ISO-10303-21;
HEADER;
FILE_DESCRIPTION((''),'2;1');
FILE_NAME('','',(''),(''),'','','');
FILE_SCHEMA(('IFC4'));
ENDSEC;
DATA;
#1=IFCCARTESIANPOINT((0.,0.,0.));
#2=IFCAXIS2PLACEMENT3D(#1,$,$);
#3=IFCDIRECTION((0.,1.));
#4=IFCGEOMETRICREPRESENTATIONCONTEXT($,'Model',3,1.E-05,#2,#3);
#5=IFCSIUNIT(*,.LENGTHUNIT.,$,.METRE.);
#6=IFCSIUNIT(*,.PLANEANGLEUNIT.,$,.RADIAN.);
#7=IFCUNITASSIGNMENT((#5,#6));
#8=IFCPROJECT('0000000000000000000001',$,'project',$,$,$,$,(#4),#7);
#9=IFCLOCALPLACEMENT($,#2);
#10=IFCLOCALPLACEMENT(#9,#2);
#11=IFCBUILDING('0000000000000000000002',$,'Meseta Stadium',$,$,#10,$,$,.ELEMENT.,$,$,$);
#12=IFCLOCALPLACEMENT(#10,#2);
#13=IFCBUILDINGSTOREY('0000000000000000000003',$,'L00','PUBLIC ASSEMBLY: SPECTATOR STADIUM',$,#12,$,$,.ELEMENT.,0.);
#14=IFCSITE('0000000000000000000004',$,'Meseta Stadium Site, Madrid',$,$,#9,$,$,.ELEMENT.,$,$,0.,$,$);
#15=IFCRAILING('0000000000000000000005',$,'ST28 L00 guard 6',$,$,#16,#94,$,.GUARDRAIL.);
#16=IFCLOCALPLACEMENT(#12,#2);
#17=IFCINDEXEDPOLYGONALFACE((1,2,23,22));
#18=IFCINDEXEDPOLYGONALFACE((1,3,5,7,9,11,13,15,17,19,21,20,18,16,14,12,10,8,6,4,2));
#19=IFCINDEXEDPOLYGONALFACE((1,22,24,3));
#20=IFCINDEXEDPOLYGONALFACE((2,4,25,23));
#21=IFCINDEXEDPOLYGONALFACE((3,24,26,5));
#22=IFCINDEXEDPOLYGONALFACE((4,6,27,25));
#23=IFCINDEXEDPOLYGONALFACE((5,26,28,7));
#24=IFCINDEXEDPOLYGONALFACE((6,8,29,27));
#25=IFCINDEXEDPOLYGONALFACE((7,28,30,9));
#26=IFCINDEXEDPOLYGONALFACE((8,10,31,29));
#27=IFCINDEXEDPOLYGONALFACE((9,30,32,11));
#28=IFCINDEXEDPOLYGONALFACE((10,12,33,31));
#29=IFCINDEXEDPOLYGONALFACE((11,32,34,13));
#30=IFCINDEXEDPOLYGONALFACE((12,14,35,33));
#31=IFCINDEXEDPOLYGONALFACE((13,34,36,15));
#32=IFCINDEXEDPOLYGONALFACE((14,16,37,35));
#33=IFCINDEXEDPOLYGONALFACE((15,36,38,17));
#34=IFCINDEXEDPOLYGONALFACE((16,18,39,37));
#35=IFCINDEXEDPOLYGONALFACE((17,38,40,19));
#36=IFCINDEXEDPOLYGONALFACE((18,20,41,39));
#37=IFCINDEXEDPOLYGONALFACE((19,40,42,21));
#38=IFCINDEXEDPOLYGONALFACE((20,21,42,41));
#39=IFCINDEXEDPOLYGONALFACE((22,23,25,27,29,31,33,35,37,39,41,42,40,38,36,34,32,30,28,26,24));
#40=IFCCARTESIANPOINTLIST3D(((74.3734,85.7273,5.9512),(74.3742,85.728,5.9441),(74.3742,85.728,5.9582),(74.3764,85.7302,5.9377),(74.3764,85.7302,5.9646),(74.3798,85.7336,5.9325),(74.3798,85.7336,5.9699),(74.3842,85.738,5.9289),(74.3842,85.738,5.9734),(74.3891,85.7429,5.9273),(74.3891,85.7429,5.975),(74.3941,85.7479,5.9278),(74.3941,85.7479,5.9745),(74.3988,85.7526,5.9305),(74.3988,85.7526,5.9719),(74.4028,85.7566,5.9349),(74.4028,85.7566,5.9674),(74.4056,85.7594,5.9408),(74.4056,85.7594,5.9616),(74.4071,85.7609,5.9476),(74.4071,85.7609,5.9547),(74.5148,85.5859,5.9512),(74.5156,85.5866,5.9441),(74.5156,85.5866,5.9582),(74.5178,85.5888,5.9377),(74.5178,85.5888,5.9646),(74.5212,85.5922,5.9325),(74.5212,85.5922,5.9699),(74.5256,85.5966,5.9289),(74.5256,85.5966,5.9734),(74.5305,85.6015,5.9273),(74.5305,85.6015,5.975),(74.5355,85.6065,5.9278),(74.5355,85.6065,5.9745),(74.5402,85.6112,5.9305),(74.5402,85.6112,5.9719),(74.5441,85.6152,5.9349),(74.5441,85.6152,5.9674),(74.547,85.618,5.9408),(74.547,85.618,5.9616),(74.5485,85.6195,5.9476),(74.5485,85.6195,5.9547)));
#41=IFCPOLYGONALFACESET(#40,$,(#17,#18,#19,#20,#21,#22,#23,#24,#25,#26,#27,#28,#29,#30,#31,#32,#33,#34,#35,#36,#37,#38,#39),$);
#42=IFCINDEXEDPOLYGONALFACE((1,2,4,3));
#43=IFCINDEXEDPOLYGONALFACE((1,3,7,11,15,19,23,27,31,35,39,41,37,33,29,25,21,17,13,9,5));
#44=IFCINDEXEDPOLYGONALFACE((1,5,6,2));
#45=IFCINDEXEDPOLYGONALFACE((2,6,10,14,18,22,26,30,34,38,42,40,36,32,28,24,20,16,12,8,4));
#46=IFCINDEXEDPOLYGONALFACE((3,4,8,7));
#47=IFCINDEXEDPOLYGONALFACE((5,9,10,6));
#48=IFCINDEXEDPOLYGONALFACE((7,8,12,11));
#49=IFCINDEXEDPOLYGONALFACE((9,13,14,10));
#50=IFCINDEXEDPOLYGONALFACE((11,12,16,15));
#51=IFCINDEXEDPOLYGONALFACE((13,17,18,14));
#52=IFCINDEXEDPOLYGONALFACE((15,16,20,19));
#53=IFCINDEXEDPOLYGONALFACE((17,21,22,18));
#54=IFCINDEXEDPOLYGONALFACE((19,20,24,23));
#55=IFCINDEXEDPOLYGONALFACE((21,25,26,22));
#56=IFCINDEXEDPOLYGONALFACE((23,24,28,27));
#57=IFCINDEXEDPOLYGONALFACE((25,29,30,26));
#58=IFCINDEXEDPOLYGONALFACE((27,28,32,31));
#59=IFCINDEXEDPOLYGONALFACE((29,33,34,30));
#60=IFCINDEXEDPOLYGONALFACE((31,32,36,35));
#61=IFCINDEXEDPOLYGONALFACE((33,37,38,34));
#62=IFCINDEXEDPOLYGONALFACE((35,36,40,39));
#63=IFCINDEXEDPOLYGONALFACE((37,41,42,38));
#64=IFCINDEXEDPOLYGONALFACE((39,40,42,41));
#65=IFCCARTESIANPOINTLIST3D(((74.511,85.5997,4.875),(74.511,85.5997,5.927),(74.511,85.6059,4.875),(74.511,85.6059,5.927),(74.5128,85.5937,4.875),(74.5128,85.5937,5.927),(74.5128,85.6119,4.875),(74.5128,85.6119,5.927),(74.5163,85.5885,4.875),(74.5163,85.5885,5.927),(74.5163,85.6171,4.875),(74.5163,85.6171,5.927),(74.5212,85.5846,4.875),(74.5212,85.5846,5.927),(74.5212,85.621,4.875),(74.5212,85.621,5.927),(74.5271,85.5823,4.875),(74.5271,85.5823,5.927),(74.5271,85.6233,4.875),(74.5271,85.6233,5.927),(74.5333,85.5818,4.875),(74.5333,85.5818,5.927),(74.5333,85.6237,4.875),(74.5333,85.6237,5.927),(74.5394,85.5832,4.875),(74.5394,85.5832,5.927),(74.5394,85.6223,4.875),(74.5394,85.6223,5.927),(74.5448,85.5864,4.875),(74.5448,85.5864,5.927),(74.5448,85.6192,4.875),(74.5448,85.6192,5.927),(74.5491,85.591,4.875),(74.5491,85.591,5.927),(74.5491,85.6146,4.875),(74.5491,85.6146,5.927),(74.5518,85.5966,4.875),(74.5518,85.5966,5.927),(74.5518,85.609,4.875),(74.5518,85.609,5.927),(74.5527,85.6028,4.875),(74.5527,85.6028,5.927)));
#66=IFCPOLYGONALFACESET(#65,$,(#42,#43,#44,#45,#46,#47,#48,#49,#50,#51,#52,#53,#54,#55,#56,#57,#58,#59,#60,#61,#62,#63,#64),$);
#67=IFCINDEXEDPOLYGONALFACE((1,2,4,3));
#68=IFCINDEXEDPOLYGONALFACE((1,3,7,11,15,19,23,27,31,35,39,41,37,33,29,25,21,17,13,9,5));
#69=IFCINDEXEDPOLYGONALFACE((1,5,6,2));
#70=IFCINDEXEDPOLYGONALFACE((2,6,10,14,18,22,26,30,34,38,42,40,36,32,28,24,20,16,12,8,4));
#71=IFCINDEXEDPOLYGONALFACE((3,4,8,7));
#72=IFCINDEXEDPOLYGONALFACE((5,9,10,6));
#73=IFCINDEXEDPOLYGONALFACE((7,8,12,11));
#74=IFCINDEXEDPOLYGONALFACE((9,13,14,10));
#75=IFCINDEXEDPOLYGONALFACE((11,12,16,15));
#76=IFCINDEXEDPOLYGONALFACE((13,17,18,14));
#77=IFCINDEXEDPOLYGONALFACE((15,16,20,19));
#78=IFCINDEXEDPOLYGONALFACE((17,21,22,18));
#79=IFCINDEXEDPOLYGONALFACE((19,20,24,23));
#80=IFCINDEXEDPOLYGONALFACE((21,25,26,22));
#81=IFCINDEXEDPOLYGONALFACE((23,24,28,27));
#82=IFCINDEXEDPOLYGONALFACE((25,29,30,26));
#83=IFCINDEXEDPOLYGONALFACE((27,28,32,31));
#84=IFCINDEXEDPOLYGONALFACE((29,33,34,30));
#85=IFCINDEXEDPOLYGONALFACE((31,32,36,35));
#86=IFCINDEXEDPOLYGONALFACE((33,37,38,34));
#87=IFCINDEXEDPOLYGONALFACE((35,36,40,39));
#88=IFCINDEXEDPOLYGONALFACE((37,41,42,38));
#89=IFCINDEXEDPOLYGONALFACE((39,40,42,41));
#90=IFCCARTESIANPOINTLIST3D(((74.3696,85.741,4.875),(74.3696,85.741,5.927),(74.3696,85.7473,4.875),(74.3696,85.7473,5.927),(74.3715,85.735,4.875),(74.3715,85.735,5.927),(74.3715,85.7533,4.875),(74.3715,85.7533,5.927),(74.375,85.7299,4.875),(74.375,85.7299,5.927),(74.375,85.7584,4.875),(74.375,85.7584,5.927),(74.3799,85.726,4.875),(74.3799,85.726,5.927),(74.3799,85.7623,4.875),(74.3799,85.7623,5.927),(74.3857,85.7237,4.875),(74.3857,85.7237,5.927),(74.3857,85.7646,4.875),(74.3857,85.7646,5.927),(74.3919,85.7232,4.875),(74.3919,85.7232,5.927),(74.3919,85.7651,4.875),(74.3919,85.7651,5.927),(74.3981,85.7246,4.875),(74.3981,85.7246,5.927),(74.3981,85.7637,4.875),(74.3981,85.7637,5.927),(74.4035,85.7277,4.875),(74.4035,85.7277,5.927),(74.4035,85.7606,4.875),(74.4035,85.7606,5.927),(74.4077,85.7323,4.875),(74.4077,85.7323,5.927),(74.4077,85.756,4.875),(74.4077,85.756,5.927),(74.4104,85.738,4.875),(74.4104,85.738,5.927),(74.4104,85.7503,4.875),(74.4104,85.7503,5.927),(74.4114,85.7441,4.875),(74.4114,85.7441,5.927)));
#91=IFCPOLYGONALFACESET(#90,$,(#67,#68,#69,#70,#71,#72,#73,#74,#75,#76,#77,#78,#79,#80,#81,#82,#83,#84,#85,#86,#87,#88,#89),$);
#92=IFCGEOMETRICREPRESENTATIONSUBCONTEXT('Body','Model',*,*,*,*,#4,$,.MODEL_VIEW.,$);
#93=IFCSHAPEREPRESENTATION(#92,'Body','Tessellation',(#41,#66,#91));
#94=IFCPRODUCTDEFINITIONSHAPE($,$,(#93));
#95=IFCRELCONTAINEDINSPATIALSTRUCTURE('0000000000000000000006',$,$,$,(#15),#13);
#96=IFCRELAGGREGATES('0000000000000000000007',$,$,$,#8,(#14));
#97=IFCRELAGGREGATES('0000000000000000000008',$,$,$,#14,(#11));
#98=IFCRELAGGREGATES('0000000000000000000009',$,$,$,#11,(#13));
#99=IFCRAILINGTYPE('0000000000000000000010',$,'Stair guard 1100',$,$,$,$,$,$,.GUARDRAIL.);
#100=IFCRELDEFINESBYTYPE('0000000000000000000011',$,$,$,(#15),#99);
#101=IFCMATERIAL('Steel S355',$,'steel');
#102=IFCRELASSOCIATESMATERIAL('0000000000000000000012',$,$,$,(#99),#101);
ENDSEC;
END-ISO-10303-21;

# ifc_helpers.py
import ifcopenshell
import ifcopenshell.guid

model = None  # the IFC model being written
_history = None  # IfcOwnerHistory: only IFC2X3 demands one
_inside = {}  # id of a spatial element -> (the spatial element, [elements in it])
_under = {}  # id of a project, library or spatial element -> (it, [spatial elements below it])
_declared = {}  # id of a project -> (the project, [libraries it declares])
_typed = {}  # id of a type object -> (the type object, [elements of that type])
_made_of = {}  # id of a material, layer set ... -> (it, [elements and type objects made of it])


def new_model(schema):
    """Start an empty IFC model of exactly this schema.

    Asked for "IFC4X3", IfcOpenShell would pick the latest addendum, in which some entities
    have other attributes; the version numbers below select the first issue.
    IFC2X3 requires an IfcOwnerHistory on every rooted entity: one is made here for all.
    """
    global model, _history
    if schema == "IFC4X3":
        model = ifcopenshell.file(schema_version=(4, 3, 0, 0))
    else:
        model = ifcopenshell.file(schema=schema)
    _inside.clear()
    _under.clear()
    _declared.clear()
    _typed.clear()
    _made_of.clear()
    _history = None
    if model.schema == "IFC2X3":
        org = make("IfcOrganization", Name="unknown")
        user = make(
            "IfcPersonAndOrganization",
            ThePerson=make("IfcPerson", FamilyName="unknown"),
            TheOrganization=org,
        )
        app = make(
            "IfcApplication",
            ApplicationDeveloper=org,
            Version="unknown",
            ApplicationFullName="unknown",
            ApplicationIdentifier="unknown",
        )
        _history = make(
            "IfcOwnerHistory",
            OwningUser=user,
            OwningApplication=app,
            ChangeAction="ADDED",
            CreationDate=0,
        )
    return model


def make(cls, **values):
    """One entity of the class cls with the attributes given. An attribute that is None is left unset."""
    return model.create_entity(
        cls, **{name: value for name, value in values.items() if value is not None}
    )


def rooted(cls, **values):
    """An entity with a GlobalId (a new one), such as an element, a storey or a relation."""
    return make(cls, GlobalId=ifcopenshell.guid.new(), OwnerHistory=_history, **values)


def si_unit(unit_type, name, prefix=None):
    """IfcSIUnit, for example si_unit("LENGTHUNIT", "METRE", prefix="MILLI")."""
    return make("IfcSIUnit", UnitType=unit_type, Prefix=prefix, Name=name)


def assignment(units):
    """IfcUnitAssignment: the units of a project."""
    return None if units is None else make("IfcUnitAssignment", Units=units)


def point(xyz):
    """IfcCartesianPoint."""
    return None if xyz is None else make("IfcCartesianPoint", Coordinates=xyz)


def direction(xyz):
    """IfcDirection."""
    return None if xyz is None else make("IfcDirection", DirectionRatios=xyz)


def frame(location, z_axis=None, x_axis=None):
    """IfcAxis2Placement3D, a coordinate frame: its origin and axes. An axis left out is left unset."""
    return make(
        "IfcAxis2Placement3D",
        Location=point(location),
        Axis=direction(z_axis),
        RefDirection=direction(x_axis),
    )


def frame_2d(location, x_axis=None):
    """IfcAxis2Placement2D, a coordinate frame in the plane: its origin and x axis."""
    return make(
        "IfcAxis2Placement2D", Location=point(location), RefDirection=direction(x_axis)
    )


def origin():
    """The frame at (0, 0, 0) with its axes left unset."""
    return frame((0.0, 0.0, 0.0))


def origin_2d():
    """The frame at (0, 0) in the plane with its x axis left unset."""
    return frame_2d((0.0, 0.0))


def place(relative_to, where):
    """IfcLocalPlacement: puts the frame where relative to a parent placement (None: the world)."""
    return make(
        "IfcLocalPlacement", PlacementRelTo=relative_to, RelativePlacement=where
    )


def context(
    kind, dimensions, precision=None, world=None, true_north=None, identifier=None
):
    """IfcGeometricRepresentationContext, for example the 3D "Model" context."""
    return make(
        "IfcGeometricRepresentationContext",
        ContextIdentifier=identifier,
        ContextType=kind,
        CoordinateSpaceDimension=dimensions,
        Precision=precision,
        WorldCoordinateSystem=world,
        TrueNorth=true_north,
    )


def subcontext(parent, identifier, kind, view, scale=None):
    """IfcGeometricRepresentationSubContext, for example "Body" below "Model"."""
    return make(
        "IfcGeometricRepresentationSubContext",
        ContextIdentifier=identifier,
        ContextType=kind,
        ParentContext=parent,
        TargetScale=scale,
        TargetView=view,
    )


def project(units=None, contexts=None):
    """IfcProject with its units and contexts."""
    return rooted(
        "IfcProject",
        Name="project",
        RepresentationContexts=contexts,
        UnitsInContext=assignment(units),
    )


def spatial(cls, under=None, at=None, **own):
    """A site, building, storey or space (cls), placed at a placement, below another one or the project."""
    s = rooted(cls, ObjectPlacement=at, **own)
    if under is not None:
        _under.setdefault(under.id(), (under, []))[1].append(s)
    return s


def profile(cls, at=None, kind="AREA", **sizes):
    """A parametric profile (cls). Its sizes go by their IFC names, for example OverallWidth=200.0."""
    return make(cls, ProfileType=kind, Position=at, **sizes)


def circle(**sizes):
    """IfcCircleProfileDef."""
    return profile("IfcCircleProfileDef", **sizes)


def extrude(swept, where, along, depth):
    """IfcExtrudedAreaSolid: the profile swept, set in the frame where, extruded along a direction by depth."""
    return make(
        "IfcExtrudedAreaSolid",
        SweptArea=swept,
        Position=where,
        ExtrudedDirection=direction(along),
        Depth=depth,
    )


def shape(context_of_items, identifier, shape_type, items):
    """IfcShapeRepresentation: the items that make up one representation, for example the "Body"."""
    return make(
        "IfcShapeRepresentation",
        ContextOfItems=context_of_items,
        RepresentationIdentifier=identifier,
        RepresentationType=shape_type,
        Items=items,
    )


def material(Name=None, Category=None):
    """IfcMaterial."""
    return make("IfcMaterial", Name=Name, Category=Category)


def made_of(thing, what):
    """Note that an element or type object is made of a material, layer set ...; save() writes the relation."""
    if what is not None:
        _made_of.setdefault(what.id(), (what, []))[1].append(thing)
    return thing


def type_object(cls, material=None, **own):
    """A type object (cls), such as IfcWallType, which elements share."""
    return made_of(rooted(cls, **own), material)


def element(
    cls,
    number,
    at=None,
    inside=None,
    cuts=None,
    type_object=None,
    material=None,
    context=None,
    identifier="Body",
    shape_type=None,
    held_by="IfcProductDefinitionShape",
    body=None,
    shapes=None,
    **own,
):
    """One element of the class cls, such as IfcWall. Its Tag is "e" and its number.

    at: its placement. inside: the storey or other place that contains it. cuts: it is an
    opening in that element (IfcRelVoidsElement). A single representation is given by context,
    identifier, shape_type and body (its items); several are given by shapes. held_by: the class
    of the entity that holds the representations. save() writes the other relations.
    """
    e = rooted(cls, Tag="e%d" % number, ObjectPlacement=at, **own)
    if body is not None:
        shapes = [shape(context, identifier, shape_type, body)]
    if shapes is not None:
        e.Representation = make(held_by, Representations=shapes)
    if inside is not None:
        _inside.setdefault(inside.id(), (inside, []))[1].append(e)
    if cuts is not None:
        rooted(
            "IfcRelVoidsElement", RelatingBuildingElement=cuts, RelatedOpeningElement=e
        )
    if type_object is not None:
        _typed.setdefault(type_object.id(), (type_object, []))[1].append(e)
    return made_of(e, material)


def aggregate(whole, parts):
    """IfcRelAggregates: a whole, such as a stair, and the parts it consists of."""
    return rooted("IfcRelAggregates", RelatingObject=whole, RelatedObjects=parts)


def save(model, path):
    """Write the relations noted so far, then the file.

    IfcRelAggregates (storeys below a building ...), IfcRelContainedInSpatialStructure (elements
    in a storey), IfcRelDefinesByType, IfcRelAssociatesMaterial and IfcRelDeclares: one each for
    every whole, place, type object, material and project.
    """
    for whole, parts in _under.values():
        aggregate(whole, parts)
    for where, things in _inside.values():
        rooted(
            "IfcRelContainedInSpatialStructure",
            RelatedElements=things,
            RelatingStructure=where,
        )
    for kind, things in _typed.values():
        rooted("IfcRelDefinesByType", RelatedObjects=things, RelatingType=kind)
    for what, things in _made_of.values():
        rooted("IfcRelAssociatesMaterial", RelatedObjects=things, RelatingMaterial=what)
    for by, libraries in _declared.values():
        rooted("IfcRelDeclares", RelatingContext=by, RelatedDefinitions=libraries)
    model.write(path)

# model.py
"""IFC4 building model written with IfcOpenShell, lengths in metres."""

from ifc_helpers import new_model, si_unit, direction, frame, origin, origin_2d, place, context, subcontext, project, spatial, circle, extrude, material, type_object, element, save


model = new_model("IFC4")

# Units and contexts
model_context = context("Model", 3, precision=1e-05, world=origin(), true_north=direction((0.0, 1.0)))
body_context = subcontext(model_context, "Body", "Model", "MODEL_VIEW")
ifc_project = project(units=[si_unit("LENGTHUNIT", "METRE"), si_unit("PLANEANGLEUNIT", "RADIAN")], contexts=[model_context])

# Site, building, storey
site_placement = place(None, origin())
site = spatial("IfcSite", under=ifc_project, at=site_placement, Name="Meseta Stadium Site, Madrid", CompositionType="ELEMENT", RefElevation=0.0)
building_placement = place(site_placement, origin())
building = spatial("IfcBuilding", under=site, at=building_placement, Name="Meseta Stadium", CompositionType="ELEMENT")
storey_placement = place(building_placement, origin())
storey = spatial("IfcBuildingStorey", under=building, at=storey_placement, Name="L00", Description="PUBLIC ASSEMBLY: SPECTATOR STADIUM", CompositionType="ELEMENT", Elevation=0.0)

# Railing
ifc_material_1 = material(Name="Steel S355", Category="steel")
railing_type_1 = type_object("IfcRailingType", Name="Stair guard 1100", PredefinedType="GUARDRAIL", material=ifc_material_1)
railing_1_placement = place(storey_placement, frame((74.5317, 85.6028, 4.875)))
element("IfcRailing", 1, at=railing_1_placement, inside=storey, type_object=railing_type_1, Name="ST28 L00 guard 6", PredefinedType="GUARDRAIL", context=body_context, shape_type="SweptSolid", body=[
    extrude(circle(Radius=0.0239, at=origin_2d()), frame((0.0, 0.0, 1.0762), z_axis=(-0.707107, 0.707107, 0.0), x_axis=(-0.707107, -0.707107, 0.0)), (0.0, 0.0, 1.0), 0.2),
    extrude(circle(Radius=0.021, at=origin_2d()), origin(), (0.0, 0.0, 1.0), 1.052),
    extrude(circle(Radius=0.021, at=origin_2d()), frame((-0.1414, 0.1414, 0.0)), (0.0, 0.0, 1.0), 1.052),
])

save(model, "model.ifc")
